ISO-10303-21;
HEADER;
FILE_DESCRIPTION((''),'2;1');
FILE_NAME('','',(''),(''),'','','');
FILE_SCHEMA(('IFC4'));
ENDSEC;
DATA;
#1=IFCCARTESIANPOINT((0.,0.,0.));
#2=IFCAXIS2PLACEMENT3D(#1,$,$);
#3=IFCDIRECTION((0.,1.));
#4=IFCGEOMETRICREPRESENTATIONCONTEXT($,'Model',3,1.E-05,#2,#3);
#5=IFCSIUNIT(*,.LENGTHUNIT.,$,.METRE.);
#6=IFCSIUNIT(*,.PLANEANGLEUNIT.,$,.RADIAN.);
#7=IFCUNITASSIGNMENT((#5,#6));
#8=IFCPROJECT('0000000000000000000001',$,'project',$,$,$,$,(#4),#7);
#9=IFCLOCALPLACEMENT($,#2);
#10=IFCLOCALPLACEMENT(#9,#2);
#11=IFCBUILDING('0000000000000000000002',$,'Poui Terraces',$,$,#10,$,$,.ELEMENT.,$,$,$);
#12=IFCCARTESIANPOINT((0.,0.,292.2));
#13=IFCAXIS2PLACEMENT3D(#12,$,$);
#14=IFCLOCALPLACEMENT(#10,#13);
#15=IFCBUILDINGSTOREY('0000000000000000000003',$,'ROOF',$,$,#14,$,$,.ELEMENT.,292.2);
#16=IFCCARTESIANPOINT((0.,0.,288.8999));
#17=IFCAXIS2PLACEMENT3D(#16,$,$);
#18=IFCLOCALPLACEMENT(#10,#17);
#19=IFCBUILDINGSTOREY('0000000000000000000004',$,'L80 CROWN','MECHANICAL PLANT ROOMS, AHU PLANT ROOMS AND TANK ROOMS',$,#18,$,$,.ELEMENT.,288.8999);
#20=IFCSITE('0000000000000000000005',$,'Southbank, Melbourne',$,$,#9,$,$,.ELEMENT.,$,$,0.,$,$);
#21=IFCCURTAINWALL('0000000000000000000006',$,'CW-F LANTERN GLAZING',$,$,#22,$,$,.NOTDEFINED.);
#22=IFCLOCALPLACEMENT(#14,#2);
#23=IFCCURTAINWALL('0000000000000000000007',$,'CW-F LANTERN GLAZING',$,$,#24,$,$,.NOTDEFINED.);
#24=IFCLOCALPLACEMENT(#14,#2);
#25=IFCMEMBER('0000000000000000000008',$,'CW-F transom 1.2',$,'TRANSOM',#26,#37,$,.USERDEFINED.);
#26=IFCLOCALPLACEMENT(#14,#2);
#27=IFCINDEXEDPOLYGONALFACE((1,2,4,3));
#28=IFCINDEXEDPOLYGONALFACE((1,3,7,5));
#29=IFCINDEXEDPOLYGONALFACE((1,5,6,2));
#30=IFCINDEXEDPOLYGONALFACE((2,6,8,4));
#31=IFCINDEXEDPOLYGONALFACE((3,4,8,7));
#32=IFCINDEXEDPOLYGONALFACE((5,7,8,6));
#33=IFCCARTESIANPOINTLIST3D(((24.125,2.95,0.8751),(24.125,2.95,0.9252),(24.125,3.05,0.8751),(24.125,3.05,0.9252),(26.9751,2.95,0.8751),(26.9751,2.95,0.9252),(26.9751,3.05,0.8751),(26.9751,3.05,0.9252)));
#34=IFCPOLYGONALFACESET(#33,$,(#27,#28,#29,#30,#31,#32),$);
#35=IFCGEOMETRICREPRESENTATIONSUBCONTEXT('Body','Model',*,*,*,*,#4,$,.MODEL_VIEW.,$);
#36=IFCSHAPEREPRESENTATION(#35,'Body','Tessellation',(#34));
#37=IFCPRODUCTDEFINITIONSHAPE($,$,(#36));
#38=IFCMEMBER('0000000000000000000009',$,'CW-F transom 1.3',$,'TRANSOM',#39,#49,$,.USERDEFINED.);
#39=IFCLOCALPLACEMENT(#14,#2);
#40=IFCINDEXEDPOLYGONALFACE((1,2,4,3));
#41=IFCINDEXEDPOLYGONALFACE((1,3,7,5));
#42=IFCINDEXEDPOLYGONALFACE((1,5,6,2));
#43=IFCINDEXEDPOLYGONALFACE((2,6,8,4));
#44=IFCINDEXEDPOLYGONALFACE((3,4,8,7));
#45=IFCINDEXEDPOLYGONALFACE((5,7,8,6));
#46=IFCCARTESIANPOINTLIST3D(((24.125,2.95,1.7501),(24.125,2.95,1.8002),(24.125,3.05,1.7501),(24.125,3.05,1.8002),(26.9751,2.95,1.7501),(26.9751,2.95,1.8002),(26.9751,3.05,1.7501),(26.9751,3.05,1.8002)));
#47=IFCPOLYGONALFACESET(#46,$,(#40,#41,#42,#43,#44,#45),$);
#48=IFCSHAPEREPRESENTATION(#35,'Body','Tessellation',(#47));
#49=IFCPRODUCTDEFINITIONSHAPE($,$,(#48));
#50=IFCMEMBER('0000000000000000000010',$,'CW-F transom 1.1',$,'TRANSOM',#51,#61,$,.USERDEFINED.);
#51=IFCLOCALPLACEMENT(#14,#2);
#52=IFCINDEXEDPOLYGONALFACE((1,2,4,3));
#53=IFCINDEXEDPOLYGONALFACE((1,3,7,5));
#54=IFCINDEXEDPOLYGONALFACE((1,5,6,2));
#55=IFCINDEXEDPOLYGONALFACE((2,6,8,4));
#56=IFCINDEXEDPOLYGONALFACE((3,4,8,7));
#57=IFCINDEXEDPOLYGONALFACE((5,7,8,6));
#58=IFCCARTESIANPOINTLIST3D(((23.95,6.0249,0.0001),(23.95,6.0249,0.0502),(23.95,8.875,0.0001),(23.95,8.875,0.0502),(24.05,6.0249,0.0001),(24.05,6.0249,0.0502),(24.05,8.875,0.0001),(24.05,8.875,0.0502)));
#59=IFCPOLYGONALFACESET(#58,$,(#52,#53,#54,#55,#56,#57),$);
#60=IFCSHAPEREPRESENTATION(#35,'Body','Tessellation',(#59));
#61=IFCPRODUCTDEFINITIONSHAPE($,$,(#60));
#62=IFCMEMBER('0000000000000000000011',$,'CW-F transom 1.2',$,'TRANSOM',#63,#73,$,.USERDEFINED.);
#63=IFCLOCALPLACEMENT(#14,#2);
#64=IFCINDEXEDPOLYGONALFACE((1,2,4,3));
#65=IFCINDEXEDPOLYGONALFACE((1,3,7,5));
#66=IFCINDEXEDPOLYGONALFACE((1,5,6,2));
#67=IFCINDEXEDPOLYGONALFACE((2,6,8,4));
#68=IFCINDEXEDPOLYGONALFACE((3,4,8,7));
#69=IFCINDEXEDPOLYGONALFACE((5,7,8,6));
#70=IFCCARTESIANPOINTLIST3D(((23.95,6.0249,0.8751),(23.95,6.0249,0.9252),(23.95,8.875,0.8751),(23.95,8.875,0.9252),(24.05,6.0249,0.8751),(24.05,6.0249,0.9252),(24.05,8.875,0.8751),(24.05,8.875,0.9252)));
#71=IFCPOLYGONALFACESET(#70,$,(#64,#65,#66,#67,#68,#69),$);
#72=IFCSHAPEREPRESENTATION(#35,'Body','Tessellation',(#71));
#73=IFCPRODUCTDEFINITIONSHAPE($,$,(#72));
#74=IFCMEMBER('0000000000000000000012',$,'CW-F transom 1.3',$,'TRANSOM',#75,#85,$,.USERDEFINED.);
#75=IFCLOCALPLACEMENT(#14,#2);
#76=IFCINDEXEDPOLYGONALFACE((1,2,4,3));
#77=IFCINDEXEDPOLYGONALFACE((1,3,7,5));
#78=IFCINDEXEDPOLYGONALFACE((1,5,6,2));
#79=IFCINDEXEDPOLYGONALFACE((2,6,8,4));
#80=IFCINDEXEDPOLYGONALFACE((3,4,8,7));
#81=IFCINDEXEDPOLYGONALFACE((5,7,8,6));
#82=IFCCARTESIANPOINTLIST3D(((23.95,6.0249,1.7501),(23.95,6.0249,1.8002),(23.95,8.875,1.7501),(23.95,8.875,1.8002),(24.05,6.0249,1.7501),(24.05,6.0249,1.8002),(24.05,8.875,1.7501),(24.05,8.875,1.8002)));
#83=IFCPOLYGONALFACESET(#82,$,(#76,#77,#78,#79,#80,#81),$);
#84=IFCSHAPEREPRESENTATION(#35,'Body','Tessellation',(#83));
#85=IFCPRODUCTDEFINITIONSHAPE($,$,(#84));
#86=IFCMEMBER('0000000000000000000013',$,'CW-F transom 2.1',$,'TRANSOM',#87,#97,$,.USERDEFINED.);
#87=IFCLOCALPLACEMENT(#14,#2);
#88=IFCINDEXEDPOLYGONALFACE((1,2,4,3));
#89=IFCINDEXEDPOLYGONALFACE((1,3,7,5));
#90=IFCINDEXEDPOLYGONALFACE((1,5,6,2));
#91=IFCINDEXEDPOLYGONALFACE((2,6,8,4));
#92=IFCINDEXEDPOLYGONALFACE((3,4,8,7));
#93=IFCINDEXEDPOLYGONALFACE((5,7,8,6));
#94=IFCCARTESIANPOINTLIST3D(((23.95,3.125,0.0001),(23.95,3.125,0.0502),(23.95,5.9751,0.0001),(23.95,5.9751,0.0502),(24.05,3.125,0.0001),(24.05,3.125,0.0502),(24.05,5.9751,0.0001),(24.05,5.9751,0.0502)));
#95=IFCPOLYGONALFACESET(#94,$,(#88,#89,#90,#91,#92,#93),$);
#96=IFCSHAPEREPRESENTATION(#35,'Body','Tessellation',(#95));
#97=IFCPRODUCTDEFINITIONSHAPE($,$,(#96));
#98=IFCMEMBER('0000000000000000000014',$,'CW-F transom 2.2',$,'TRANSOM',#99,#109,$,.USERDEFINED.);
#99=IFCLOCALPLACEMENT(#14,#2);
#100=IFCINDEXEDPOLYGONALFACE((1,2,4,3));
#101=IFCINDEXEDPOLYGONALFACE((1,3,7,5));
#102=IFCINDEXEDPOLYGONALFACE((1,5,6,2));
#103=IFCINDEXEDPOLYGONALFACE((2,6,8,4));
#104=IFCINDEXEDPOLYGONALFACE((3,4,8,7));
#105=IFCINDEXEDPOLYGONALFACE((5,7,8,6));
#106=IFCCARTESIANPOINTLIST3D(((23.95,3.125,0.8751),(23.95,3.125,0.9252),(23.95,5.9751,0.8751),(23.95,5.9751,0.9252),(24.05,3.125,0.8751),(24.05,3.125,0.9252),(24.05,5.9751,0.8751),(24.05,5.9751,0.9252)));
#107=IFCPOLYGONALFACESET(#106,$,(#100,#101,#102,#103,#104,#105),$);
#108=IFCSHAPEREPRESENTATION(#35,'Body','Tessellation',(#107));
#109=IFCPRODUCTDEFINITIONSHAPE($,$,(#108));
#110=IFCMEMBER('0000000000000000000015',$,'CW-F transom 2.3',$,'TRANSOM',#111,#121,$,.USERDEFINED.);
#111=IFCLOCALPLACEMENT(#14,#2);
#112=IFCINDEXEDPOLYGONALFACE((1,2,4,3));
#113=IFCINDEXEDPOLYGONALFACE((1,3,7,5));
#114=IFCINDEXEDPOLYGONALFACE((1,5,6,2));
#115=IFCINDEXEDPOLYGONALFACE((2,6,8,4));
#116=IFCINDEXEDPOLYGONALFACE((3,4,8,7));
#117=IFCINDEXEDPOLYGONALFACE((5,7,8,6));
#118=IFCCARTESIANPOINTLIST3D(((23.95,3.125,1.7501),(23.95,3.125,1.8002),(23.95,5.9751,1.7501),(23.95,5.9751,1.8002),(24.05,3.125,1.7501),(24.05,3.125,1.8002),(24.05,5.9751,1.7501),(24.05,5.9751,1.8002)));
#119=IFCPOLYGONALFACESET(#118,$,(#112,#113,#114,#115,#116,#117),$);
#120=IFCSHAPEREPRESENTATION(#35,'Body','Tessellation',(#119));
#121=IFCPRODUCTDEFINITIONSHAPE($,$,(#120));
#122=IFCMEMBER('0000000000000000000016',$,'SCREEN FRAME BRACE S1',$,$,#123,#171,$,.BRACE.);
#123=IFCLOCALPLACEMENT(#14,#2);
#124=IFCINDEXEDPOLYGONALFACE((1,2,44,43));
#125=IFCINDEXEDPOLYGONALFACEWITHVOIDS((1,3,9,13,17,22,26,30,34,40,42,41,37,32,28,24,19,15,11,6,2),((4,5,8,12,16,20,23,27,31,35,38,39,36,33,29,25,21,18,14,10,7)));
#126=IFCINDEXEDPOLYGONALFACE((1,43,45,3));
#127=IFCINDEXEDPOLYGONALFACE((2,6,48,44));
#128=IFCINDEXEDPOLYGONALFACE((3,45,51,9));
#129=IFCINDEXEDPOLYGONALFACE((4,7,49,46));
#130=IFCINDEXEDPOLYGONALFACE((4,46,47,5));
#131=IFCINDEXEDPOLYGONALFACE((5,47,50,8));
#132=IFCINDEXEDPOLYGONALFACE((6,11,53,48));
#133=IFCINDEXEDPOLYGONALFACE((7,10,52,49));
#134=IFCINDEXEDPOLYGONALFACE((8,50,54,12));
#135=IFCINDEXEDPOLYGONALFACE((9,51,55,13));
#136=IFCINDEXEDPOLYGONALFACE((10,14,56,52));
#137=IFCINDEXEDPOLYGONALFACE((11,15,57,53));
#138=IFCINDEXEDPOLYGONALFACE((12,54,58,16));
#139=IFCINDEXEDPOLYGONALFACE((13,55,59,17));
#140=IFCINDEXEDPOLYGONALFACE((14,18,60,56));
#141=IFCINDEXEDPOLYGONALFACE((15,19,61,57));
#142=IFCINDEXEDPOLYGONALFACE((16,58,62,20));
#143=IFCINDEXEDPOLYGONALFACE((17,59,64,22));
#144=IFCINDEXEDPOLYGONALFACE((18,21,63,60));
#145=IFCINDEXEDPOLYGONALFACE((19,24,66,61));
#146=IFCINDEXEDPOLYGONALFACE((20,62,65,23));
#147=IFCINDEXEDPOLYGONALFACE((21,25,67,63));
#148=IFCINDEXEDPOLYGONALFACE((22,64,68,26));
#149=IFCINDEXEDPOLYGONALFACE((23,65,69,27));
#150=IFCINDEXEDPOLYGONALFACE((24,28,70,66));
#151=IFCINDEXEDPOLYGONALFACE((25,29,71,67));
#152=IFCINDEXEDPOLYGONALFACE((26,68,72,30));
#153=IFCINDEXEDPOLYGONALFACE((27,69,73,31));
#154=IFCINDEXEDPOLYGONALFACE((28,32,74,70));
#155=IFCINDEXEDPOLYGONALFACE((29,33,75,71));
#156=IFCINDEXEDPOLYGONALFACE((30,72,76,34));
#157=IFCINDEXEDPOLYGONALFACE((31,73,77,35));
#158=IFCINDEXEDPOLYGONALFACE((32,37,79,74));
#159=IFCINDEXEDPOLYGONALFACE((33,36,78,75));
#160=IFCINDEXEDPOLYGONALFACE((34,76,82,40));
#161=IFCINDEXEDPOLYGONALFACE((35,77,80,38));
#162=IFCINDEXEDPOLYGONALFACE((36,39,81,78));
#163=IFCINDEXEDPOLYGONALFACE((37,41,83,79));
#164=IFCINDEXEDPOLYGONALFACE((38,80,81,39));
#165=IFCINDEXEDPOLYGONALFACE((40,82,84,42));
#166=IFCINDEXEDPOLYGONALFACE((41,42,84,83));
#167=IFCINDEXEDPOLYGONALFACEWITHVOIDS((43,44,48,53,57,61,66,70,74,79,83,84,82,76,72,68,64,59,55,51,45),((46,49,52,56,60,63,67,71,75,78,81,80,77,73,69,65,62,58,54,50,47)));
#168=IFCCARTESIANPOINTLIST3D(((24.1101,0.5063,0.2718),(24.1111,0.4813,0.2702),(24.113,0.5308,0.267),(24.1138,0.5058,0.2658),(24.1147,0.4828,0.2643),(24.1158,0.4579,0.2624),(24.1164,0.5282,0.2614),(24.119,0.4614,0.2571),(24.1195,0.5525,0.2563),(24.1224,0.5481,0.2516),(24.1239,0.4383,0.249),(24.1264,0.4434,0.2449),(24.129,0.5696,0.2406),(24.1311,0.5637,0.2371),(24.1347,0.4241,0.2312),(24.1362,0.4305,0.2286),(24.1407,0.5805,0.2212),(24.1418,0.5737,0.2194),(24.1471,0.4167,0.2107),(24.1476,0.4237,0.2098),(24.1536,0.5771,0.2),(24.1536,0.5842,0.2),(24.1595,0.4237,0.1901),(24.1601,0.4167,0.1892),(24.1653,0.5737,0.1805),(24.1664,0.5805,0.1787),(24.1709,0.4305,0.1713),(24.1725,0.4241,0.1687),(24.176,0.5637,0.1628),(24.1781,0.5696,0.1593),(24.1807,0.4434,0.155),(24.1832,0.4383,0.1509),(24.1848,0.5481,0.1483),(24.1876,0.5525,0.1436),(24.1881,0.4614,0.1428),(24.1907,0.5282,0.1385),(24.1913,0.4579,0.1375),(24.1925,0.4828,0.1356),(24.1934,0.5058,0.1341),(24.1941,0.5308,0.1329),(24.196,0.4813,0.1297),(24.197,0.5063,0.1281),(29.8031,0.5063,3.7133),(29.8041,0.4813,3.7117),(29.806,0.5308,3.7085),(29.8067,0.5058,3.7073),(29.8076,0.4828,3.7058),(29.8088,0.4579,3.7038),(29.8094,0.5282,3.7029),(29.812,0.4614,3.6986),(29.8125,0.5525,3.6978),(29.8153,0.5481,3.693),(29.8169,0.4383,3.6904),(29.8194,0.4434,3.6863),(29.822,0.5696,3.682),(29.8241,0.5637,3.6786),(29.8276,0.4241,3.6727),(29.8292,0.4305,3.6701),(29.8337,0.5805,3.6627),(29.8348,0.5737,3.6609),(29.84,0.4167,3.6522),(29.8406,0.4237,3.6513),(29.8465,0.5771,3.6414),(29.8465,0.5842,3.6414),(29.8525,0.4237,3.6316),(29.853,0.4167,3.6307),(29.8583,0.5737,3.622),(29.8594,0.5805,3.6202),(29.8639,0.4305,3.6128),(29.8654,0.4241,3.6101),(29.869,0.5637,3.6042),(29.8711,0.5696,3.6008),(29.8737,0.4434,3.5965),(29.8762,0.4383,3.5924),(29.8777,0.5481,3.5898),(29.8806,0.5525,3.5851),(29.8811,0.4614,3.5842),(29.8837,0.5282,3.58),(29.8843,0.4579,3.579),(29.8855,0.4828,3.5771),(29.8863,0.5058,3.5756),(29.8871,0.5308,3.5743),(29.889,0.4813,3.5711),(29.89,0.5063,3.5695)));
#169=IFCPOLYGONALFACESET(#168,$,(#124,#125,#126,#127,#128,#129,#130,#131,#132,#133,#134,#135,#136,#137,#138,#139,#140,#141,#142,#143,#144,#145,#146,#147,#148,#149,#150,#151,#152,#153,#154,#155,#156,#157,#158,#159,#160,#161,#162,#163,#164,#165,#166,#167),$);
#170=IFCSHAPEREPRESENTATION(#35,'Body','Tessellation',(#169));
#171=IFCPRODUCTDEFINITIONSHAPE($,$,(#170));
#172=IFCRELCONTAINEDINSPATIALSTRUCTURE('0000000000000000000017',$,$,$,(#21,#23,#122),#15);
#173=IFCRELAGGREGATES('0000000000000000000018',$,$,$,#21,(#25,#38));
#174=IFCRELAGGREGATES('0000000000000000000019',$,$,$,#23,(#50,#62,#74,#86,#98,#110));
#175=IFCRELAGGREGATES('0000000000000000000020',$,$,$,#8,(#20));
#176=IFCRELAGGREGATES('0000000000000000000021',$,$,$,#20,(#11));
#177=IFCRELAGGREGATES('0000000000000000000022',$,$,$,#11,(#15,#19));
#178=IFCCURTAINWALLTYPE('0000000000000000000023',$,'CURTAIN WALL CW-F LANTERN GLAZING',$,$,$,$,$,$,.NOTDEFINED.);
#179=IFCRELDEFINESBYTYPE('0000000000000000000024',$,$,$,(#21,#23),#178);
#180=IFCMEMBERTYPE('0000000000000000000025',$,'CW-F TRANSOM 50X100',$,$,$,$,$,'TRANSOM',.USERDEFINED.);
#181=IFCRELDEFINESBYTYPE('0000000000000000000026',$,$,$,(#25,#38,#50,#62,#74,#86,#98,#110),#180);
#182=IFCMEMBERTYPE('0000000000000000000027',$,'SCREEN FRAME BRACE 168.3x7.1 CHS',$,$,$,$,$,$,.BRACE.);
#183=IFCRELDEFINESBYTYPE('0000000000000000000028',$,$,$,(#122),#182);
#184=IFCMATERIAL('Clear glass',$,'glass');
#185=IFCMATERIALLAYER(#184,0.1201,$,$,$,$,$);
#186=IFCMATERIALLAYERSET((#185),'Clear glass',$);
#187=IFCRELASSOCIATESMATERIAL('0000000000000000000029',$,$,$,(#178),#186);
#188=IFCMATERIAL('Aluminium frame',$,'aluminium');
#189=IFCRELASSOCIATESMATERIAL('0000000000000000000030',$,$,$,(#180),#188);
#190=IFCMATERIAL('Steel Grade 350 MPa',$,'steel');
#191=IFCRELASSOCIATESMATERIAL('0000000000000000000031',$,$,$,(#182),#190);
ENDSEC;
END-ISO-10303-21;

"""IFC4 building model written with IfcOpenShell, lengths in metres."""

from ifc_helpers import new_model, si_unit, direction, frame, origin, origin_2d, place, context, subcontext, project, spatial, rectangle, hollow_circle, extrude, material, layer, layer_set, material_profile, profile_set, type_object, element, aggregate, save


model = new_model("IFC4")

# Units and contexts
model_context = context("Model", 3, precision=1e-05, world=origin(), true_north=direction((0.0, 1.0)))
body_context = subcontext(model_context, "Body", "Model", "MODEL_VIEW")
ifc_project = project(units=[si_unit("LENGTHUNIT", "METRE"), si_unit("PLANEANGLEUNIT", "RADIAN")], contexts=[model_context])

# Site, building, storey
site_placement = place(None, origin())
site = spatial("IfcSite", under=ifc_project, at=site_placement, Name="Southbank, Melbourne", CompositionType="ELEMENT", RefElevation=0.0)
building_placement = place(site_placement, origin())
building = spatial("IfcBuilding", under=site, at=building_placement, Name="Poui Terraces", CompositionType="ELEMENT")
storey_1_placement = place(building_placement, frame((0.0, 0.0, 292.2)))
storey_1 = spatial("IfcBuildingStorey", under=building, at=storey_1_placement, Name="ROOF", CompositionType="ELEMENT", Elevation=292.2)

# Shared definitions
ifc_material_1 = material(Name="Steel Grade 350 MPa", Category="steel")

# Curtain wall
ifc_material_2 = material(Name="Clear glass", Category="glass")
ifc_layer_1 = layer(ifc_material_2, 0.1201)
ifc_layer_set_1 = layer_set([ifc_layer_1], Name="Clear glass")
curtain_wall_type = type_object("IfcCurtainWallType", Name="CURTAIN WALL CW-F LANTERN GLAZING", PredefinedType="NOTDEFINED", material=ifc_layer_set_1)
curtain_wall_1_placement = place(storey_1_placement, origin())
curtain_wall_1 = element("IfcCurtainWall", 1, at=curtain_wall_1_placement, inside=storey_1, type_object=curtain_wall_type, Name="CW-F LANTERN GLAZING", PredefinedType="NOTDEFINED")
ifc_material_3 = material(Name="Aluminium frame", Category="aluminium")

# Curtain wall
curtain_wall_2_placement = place(storey_1_placement, origin())
curtain_wall_2 = element("IfcCurtainWall", 2, at=curtain_wall_2_placement, inside=storey_1, type_object=curtain_wall_type, Name="CW-F LANTERN GLAZING", PredefinedType="NOTDEFINED")

# Members
ifc_material_profile_1 = material_profile(ifc_material_3, rectangle(XDim=0.1001, YDim=0.05, at=origin_2d()), Name="CW-F TRANSOM 50X100")
ifc_profile_set_1 = profile_set([ifc_material_profile_1], Name="Aluminium frame")
member_type_1 = type_object("IfcMemberType", Name="CW-F TRANSOM 50X100", ElementType="TRANSOM", PredefinedType="USERDEFINED", material=ifc_profile_set_1)
member_1_placement = place(storey_1_placement, frame((24.125, 3.0, 0.9001), z_axis=(1.0, 0.0, 0.0), x_axis=(0.0, 1.0, 0.0)))
member_1 = element("IfcMember", 3, at=member_1_placement, type_object=member_type_1, Name="CW-F transom 1.2", ObjectType="TRANSOM", PredefinedType="USERDEFINED", context=body_context, shape_type="SweptSolid", body=[
    extrude(rectangle(XDim=0.1001, YDim=0.05, at=origin_2d()), origin(), (0.0, 0.0, 1.0), 2.8501),
])
member_2_placement = place(storey_1_placement, frame((24.125, 3.0, 1.7751), z_axis=(1.0, 0.0, 0.0), x_axis=(0.0, 1.0, 0.0)))
member_2 = element("IfcMember", 4, at=member_2_placement, type_object=member_type_1, Name="CW-F transom 1.3", ObjectType="TRANSOM", PredefinedType="USERDEFINED", context=body_context, shape_type="SweptSolid", body=[
    extrude(rectangle(XDim=0.1001, YDim=0.05, at=origin_2d()), origin(), (0.0, 0.0, 1.0), 2.8501),
])
member_3_placement = place(storey_1_placement, frame((24.0, 8.875, 0.0251), z_axis=(0.0, -1.0, 0.0), x_axis=(1.0, 0.0, 0.0)))
member_3 = element("IfcMember", 5, at=member_3_placement, type_object=member_type_1, Name="CW-F transom 1.1", ObjectType="TRANSOM", PredefinedType="USERDEFINED", context=body_context, shape_type="SweptSolid", body=[
    extrude(rectangle(XDim=0.1001, YDim=0.05, at=origin_2d()), origin(), (0.0, 0.0, 1.0), 2.8501),
])
member_4_placement = place(storey_1_placement, frame((24.0, 8.875, 0.9001), z_axis=(0.0, -1.0, 0.0), x_axis=(1.0, 0.0, 0.0)))
member_4 = element("IfcMember", 6, at=member_4_placement, type_object=member_type_1, Name="CW-F transom 1.2", ObjectType="TRANSOM", PredefinedType="USERDEFINED", context=body_context, shape_type="SweptSolid", body=[
    extrude(rectangle(XDim=0.1001, YDim=0.05, at=origin_2d()), origin(), (0.0, 0.0, 1.0), 2.8501),
])
member_5_placement = place(storey_1_placement, frame((24.0, 8.875, 1.7751), z_axis=(0.0, -1.0, 0.0), x_axis=(1.0, 0.0, 0.0)))
member_5 = element("IfcMember", 7, at=member_5_placement, type_object=member_type_1, Name="CW-F transom 1.3", ObjectType="TRANSOM", PredefinedType="USERDEFINED", context=body_context, shape_type="SweptSolid", body=[
    extrude(rectangle(XDim=0.1001, YDim=0.05, at=origin_2d()), origin(), (0.0, 0.0, 1.0), 2.8501),
])
member_6_placement = place(storey_1_placement, frame((24.0, 5.9751, 0.0251), z_axis=(0.0, -1.0, 0.0), x_axis=(1.0, 0.0, 0.0)))
member_6 = element("IfcMember", 8, at=member_6_placement, type_object=member_type_1, Name="CW-F transom 2.1", ObjectType="TRANSOM", PredefinedType="USERDEFINED", context=body_context, shape_type="SweptSolid", body=[
    extrude(rectangle(XDim=0.1001, YDim=0.05, at=origin_2d()), origin(), (0.0, 0.0, 1.0), 2.8501),
])
member_7_placement = place(storey_1_placement, frame((24.0, 5.9751, 0.9001), z_axis=(0.0, -1.0, 0.0), x_axis=(1.0, 0.0, 0.0)))
member_7 = element("IfcMember", 9, at=member_7_placement, type_object=member_type_1, Name="CW-F transom 2.2", ObjectType="TRANSOM", PredefinedType="USERDEFINED", context=body_context, shape_type="SweptSolid", body=[
    extrude(rectangle(XDim=0.1001, YDim=0.05, at=origin_2d()), origin(), (0.0, 0.0, 1.0), 2.8501),
])
member_8_placement = place(storey_1_placement, frame((24.0, 5.9751, 1.7751), z_axis=(0.0, -1.0, 0.0), x_axis=(1.0, 0.0, 0.0)))
member_8 = element("IfcMember", 10, at=member_8_placement, type_object=member_type_1, Name="CW-F transom 2.3", ObjectType="TRANSOM", PredefinedType="USERDEFINED", context=body_context, shape_type="SweptSolid", body=[
    extrude(rectangle(XDim=0.1001, YDim=0.05, at=origin_2d()), origin(), (0.0, 0.0, 1.0), 2.8501),
])
ifc_material_profile_2 = material_profile(ifc_material_1, hollow_circle(Radius=0.0842, WallThickness=0.0071, at=origin_2d()), Name="168.3x7.1 CHS")
ifc_profile_set_2 = profile_set([ifc_material_profile_2], Name="Steel Grade 350 MPa")
member_type_2 = type_object("IfcMemberType", Name="SCREEN FRAME BRACE 168.3x7.1 CHS", PredefinedType="BRACE", material=ifc_profile_set_2)
member_9_placement = place(storey_1_placement, frame((24.1536, 0.5, 0.2), z_axis=(0.855785, 0.0, 0.517332), x_axis=(0.0, 1.0, 0.0)))
element("IfcMember", 11, at=member_9_placement, inside=storey_1, type_object=member_type_2, Name="SCREEN FRAME BRACE S1", PredefinedType="BRACE", context=body_context, shape_type="SweptSolid", body=[
    extrude(hollow_circle(Radius=0.0842, WallThickness=0.0071, at=origin_2d()), origin(), (0.0, 0.0, 1.0), 6.6523),
])

aggregate(curtain_wall_1, [member_1, member_2])
aggregate(curtain_wall_2, [member_3, member_4, member_5, member_6, member_7, member_8])

# Shared definitions
storey_2_placement = place(building_placement, frame((0.0, 0.0, 288.8999)))
storey_2 = spatial("IfcBuildingStorey", under=building, at=storey_2_placement, Name="L80 CROWN", Description="MECHANICAL PLANT ROOMS, AHU PLANT ROOMS AND TANK ROOMS", CompositionType="ELEMENT", Elevation=288.8999)

save(model, "model.ifc")
